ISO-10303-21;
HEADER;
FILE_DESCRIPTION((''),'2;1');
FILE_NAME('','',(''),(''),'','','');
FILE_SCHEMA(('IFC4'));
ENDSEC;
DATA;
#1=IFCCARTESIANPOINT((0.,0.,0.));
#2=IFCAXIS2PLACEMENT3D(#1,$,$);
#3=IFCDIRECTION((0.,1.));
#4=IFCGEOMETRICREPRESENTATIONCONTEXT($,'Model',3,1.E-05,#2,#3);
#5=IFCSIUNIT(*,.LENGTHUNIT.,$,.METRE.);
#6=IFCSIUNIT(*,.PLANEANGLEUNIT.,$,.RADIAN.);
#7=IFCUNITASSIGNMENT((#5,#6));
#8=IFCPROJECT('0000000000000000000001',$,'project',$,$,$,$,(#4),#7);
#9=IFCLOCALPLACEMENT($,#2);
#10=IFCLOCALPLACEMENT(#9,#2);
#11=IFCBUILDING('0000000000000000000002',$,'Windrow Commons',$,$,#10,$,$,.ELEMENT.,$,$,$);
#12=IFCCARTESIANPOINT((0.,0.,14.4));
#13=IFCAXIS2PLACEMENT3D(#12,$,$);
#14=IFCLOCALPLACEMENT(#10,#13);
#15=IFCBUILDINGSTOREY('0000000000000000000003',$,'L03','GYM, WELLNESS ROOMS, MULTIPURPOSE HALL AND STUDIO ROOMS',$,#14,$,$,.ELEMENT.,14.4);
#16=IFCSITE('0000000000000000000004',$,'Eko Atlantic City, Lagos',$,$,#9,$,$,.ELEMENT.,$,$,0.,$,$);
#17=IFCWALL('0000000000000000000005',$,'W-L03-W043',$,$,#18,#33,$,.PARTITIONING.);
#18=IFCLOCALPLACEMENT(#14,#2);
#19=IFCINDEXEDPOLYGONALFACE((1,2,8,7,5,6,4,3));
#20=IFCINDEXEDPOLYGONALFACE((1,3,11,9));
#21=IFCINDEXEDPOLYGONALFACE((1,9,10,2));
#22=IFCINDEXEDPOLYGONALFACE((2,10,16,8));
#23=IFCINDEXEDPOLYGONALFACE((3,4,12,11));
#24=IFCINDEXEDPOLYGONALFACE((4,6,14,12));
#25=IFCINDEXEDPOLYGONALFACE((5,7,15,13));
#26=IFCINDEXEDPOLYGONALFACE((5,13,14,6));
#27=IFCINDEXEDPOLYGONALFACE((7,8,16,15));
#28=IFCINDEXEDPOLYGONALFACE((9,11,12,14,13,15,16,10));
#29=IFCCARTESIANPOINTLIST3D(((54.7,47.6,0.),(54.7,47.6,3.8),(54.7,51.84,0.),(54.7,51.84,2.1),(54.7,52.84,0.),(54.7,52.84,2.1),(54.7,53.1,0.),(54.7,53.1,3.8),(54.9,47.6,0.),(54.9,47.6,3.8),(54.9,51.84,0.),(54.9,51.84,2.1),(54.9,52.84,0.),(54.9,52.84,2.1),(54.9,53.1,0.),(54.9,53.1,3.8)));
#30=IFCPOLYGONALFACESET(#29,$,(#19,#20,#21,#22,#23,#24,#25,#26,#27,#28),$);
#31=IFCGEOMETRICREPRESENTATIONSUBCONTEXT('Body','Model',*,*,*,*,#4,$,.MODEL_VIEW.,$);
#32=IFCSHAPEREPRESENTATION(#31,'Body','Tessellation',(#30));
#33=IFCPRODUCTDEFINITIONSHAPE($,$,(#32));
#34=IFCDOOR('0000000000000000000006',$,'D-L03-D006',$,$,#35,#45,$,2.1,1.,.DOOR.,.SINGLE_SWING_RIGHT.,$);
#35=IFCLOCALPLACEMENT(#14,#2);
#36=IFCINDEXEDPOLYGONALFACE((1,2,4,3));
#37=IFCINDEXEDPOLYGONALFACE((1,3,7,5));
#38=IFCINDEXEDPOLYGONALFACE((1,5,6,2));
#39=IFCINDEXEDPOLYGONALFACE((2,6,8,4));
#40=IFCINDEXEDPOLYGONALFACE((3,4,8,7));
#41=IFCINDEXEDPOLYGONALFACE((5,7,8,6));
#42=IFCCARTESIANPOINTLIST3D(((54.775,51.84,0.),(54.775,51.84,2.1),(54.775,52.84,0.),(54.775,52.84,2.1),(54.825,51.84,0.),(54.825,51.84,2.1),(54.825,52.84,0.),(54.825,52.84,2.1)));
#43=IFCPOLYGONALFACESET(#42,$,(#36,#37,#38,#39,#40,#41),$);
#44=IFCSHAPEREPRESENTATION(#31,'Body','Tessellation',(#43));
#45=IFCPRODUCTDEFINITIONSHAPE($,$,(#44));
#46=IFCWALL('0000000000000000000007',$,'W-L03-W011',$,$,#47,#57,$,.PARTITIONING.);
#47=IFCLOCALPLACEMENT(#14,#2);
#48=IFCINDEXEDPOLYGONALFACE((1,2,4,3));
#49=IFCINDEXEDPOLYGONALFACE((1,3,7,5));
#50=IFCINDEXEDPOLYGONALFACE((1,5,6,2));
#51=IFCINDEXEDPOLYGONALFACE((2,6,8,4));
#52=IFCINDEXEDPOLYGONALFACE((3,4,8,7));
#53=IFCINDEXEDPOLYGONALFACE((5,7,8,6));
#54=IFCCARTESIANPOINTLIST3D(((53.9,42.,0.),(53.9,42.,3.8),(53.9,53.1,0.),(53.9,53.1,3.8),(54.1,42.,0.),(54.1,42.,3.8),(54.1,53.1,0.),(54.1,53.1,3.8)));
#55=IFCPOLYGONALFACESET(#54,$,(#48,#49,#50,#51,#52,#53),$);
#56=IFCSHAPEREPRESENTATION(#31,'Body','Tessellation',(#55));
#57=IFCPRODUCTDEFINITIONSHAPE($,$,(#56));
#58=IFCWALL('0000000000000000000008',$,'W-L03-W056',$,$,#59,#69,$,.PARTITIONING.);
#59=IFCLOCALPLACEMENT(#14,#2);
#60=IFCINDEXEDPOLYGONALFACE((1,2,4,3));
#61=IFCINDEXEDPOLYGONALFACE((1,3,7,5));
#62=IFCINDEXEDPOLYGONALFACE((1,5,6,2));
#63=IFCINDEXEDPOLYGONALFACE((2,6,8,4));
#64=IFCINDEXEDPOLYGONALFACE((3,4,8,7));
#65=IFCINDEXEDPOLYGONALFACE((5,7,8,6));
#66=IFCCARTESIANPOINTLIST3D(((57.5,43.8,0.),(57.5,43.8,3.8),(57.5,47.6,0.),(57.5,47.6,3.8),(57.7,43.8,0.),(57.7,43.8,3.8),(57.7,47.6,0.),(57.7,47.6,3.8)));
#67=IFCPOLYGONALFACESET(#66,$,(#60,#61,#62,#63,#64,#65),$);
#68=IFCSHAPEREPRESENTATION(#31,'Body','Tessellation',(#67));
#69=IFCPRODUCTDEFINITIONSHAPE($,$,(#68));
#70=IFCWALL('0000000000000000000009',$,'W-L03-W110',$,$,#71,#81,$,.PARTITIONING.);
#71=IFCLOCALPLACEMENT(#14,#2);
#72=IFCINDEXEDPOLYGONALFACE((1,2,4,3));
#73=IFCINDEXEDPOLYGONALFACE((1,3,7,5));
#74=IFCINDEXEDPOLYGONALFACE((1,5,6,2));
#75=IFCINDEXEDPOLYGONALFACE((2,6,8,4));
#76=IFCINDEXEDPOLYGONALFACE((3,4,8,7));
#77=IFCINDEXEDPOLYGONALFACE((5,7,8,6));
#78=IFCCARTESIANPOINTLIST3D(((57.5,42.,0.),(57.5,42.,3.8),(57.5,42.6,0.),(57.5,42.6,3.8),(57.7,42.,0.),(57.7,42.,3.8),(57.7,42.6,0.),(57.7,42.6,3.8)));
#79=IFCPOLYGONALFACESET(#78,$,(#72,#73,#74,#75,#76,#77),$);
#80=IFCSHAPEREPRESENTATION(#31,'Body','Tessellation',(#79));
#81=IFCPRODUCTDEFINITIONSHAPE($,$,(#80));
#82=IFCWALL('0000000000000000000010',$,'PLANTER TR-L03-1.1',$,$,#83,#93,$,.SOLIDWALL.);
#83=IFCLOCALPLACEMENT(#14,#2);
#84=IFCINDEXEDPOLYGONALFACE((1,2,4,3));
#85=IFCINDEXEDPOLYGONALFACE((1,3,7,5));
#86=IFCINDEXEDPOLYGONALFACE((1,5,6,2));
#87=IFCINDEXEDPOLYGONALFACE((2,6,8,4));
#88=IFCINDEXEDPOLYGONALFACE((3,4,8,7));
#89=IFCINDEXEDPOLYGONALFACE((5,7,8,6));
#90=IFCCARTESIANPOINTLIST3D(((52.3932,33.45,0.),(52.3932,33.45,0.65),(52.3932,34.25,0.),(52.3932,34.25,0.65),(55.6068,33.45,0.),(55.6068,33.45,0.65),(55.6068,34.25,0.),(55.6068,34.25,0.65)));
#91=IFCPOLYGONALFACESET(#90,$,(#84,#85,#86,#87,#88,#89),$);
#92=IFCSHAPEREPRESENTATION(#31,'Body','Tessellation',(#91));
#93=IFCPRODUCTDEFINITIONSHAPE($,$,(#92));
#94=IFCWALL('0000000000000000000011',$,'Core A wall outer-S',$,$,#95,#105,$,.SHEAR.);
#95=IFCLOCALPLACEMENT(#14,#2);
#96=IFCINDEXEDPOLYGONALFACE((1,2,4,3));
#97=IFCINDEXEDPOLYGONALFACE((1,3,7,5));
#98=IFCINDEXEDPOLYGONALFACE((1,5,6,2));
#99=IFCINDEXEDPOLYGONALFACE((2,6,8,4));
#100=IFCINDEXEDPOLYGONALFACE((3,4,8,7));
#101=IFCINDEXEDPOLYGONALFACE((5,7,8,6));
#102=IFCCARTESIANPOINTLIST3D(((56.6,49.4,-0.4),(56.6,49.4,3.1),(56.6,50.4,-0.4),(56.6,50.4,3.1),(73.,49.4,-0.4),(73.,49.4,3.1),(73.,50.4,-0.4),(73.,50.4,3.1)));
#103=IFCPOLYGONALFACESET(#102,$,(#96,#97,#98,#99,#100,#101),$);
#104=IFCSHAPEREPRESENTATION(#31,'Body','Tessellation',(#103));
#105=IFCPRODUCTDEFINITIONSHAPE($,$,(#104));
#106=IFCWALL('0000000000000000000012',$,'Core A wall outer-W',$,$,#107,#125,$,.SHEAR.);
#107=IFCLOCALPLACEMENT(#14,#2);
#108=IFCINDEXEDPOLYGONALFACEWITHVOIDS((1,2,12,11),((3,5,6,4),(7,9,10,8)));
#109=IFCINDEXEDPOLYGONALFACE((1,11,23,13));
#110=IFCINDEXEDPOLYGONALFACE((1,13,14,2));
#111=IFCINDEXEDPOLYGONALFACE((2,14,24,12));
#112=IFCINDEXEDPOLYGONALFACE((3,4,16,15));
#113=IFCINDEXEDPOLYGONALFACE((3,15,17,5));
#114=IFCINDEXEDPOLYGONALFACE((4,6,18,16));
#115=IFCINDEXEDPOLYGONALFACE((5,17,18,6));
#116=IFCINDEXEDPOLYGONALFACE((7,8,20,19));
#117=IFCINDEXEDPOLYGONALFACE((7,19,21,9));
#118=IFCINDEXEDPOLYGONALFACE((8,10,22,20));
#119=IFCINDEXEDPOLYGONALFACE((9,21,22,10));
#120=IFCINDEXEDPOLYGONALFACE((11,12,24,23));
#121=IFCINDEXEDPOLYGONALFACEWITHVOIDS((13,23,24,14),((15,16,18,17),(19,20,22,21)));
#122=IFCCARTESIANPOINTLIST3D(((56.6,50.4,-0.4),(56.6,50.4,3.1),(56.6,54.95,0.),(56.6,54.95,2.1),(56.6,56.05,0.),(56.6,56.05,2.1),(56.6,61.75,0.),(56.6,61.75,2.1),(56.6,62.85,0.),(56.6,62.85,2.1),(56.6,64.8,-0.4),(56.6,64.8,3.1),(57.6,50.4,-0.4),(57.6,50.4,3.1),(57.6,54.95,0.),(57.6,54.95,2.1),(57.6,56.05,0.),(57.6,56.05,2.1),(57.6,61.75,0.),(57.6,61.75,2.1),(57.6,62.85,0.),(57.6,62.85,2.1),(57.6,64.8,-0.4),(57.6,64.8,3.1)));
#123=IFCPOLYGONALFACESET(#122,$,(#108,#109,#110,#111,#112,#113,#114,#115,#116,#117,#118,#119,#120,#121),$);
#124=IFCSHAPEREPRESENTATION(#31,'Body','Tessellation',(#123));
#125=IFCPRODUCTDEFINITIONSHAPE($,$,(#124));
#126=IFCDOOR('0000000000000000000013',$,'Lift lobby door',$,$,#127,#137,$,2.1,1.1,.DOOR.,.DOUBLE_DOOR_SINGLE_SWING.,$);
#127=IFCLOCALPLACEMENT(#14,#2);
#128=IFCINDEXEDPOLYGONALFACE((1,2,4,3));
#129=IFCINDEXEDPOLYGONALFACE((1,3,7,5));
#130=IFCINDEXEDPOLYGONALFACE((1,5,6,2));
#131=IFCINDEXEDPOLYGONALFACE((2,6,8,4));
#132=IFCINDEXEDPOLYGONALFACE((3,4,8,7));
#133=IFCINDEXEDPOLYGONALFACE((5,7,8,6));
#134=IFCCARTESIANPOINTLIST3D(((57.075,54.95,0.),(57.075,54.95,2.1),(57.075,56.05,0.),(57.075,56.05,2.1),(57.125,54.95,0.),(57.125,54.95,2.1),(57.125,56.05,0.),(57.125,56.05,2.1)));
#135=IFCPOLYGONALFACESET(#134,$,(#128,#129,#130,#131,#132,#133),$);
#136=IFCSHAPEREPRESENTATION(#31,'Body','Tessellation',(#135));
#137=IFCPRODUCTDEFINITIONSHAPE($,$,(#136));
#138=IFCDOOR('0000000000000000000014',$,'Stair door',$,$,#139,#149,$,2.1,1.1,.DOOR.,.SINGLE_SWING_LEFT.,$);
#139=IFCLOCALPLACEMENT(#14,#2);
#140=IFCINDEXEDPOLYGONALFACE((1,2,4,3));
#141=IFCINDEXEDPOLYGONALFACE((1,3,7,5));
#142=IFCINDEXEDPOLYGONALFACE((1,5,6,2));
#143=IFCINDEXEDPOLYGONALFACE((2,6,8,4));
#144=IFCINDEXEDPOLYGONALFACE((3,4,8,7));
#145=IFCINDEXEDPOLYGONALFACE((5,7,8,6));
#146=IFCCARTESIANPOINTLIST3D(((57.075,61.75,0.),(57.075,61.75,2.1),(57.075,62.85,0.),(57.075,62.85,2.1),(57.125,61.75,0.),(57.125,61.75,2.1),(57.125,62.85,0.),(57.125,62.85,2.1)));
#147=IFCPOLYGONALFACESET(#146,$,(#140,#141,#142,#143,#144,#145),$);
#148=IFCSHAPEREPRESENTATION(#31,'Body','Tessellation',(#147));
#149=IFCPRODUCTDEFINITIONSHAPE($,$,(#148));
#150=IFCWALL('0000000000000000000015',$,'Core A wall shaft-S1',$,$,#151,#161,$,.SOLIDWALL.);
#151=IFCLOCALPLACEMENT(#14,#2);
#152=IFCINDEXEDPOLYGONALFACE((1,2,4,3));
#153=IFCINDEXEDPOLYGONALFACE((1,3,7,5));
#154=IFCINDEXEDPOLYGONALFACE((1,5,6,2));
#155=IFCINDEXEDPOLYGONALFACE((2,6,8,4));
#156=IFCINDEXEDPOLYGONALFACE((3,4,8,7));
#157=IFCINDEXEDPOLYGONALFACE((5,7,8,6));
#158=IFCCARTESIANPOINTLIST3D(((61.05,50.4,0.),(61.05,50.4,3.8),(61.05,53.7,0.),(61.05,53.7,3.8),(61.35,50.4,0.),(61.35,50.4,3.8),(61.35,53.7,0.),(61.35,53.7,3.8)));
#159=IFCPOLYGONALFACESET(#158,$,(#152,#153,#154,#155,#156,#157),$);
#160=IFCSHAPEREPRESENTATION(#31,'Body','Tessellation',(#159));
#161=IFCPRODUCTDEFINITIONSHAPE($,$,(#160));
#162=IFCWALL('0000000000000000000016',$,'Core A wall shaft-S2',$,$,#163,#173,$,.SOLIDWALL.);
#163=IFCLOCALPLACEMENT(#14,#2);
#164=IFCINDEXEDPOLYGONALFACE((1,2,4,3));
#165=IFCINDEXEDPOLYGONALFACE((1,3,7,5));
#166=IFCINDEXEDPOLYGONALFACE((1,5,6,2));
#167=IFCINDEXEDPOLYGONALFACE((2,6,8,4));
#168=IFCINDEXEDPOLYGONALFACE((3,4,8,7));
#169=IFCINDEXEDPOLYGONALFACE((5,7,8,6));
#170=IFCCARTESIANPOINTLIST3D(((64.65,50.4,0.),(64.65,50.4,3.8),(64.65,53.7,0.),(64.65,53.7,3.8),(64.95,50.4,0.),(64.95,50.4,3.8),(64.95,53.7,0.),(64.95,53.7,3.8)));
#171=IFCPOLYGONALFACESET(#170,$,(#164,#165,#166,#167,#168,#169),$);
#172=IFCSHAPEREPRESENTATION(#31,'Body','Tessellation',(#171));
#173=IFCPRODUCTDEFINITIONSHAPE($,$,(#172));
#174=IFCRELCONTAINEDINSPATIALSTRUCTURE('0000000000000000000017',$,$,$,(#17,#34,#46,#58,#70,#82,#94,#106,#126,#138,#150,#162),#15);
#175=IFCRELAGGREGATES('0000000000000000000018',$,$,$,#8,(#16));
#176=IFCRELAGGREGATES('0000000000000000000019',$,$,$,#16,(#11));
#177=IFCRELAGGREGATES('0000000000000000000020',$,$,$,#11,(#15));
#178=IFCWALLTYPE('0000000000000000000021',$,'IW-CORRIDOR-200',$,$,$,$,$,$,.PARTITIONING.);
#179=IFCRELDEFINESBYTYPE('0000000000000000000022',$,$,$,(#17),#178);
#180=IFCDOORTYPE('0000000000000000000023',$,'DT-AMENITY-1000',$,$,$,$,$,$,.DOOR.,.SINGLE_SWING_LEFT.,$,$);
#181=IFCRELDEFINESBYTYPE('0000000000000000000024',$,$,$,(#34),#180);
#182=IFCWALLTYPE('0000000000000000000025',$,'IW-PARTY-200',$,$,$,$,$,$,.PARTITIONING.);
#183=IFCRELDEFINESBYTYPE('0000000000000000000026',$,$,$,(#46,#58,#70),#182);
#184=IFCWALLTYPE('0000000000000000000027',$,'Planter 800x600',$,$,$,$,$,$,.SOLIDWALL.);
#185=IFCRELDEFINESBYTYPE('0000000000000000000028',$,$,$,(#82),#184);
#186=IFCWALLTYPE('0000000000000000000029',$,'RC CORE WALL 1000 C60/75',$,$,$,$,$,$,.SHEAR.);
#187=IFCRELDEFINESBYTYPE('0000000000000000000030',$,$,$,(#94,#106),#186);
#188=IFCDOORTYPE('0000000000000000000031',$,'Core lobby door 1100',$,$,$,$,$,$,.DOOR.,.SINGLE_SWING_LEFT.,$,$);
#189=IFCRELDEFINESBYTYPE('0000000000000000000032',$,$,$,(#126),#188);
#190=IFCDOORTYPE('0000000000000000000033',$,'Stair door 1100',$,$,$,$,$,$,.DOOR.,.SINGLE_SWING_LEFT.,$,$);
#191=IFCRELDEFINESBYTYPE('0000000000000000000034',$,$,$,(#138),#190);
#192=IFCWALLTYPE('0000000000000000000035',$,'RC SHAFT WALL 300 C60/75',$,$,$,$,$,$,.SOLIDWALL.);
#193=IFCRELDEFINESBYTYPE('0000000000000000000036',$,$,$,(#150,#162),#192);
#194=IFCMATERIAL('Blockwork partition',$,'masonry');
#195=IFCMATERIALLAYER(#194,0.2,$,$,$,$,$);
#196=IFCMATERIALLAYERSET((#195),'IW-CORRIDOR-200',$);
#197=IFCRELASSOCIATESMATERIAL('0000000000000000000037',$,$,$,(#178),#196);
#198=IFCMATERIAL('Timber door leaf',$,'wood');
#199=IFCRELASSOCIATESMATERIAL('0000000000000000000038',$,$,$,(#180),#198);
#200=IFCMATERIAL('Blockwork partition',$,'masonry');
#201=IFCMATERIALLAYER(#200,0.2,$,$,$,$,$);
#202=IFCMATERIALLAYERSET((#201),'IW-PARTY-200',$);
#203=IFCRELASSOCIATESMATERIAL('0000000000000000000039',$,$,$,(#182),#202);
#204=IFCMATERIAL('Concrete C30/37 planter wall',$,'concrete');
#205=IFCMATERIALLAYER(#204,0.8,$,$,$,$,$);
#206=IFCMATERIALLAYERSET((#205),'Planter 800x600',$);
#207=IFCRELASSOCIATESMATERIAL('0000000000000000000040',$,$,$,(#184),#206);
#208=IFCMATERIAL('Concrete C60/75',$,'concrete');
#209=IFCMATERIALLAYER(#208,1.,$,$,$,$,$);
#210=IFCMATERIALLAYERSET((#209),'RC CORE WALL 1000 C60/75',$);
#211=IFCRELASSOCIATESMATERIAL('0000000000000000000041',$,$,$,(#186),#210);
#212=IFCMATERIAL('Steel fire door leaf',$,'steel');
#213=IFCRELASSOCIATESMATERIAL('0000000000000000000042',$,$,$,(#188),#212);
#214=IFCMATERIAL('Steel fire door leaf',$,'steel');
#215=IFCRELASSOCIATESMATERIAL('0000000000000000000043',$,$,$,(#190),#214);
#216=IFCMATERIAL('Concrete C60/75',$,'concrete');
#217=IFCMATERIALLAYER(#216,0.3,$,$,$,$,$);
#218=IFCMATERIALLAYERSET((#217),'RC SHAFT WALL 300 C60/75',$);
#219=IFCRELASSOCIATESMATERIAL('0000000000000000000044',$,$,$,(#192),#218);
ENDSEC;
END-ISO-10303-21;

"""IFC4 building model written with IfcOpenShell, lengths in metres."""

from ifc_helpers import new_model, si_unit, direction, frame, frame_2d, origin, place, context, subcontext, project, spatial, polyline, rectangle, outline, extrude, material, layer, layer_set, type_object, element, fill, save


model = new_model("IFC4")

# Units and contexts
model_context = context("Model", 3, precision=1e-05, world=origin(), true_north=direction((0.0, 1.0)))
body_context = subcontext(model_context, "Body", "Model", "MODEL_VIEW")
ifc_project = project(units=[si_unit("LENGTHUNIT", "METRE"), si_unit("PLANEANGLEUNIT", "RADIAN")], contexts=[model_context])

# Site, building, storey
site_placement = place(None, origin())
site = spatial("IfcSite", under=ifc_project, at=site_placement, Name="Eko Atlantic City, Lagos", CompositionType="ELEMENT", RefElevation=0.0)
building_placement = place(site_placement, origin())
building = spatial("IfcBuilding", under=site, at=building_placement, Name="Windrow Commons", CompositionType="ELEMENT")
storey_placement = place(building_placement, frame((0.0, 0.0, 14.4)))
storey = spatial("IfcBuildingStorey", under=building, at=storey_placement, Name="L03", Description="GYM, WELLNESS ROOMS, MULTIPURPOSE HALL AND STUDIO ROOMS", CompositionType="ELEMENT", Elevation=14.4)

# Shared definitions
ifc_material_1 = material(Name="Blockwork partition", Category="masonry")
ifc_layer_1 = layer(ifc_material_1, 0.2)
ifc_layer_set_1 = layer_set([ifc_layer_1], Name="IW-CORRIDOR-200")
wall_type_1 = type_object("IfcWallType", Name="IW-CORRIDOR-200", PredefinedType="PARTITIONING", material=ifc_layer_set_1)
ifc_material_2 = material(Name="Timber door leaf", Category="wood")
door_type_1 = type_object("IfcDoorType", Name="DT-AMENITY-1000", OperationType="SINGLE_SWING_LEFT", PredefinedType="DOOR", material=ifc_material_2)

# Wall, opening, door
wall_1_placement = place(storey_placement, frame((54.8, 47.6, 0.0), z_axis=(0.0, 0.0, 1.0), x_axis=(0.0, 1.0, 0.0)))
wall_1 = element("IfcWall", 1, at=wall_1_placement, inside=storey, type_object=wall_type_1, Name="W-L03-W043", PredefinedType="PARTITIONING", context=body_context, shape_type="SweptSolid", body=[
    extrude(rectangle(XDim=5.5, YDim=0.2, at=frame_2d((2.75, 0.0))), origin(), (0.0, 0.0, 1.0), 3.8),
])
opening_1_placement = place(wall_1_placement, frame((4.24, 0.0, 0.0)))
opening_1 = element("IfcOpeningElement", 2, at=opening_1_placement, cuts=wall_1, PredefinedType="OPENING", context=body_context, shape_type="SweptSolid", body=[
    extrude(rectangle(XDim=1.0, YDim=2.1, at=frame_2d((0.5, 1.05))), frame((0.0, 0.11, 0.0), z_axis=(0.0, -1.0, 0.0), x_axis=(1.0, 0.0, 0.0)), (0.0, 0.0, 1.0), 0.22),
])
door_1_placement = place(opening_1_placement, origin())
door_1 = element("IfcDoor", 3, at=door_1_placement, inside=storey, type_object=door_type_1, Name="D-L03-D006", OperationType="SINGLE_SWING_RIGHT", OverallHeight=2.1, OverallWidth=1.0, PredefinedType="DOOR", context=body_context, shape_type="SweptSolid", body=[
    extrude(rectangle(XDim=1.0, YDim=2.1, at=frame_2d((0.5, 1.05))), frame((0.0, 0.025, 0.0), z_axis=(0.0, -1.0, 0.0), x_axis=(1.0, 0.0, 0.0)), (0.0, 0.0, 1.0), 0.05),
])
fill(opening_1, door_1)

# Walls
ifc_material_3 = material(Name="Blockwork partition", Category="masonry")
ifc_layer_2 = layer(ifc_material_3, 0.2)
ifc_layer_set_2 = layer_set([ifc_layer_2], Name="IW-PARTY-200")
wall_type_2 = type_object("IfcWallType", Name="IW-PARTY-200", PredefinedType="PARTITIONING", material=ifc_layer_set_2)
wall_2_placement = place(storey_placement, frame((54.0, 42.0, 0.0), z_axis=(0.0, 0.0, 1.0), x_axis=(0.0, 1.0, 0.0)))
element("IfcWall", 4, at=wall_2_placement, inside=storey, type_object=wall_type_2, Name="W-L03-W011", PredefinedType="PARTITIONING", context=body_context, shape_type="SweptSolid", body=[
    extrude(rectangle(XDim=11.1, YDim=0.2, at=frame_2d((5.55, 0.0))), origin(), (0.0, 0.0, 1.0), 3.8),
])
wall_3_placement = place(storey_placement, frame((57.6, 43.8, 0.0), z_axis=(0.0, 0.0, 1.0), x_axis=(0.0, 1.0, 0.0)))
element("IfcWall", 5, at=wall_3_placement, inside=storey, type_object=wall_type_2, Name="W-L03-W056", PredefinedType="PARTITIONING", context=body_context, shape_type="SweptSolid", body=[
    extrude(rectangle(XDim=3.8, YDim=0.2, at=frame_2d((1.9, 0.0))), origin(), (0.0, 0.0, 1.0), 3.8),
])
wall_4_placement = place(storey_placement, frame((57.6, 42.0, 0.0), z_axis=(0.0, 0.0, 1.0), x_axis=(0.0, 1.0, 0.0)))
element("IfcWall", 6, at=wall_4_placement, inside=storey, type_object=wall_type_2, Name="W-L03-W110", PredefinedType="PARTITIONING", context=body_context, shape_type="SweptSolid", body=[
    extrude(rectangle(XDim=0.6, YDim=0.2, at=frame_2d((0.3, 0.0))), origin(), (0.0, 0.0, 1.0), 3.8),
])
ifc_material_4 = material(Name="Concrete C30/37 planter wall", Category="concrete")
ifc_layer_3 = layer(ifc_material_4, 0.8)
ifc_layer_set_3 = layer_set([ifc_layer_3], Name="Planter 800x600")
wall_type_3 = type_object("IfcWallType", Name="Planter 800x600", PredefinedType="SOLIDWALL", material=ifc_layer_set_3)
wall_5_placement = place(storey_placement, frame((55.6068, 33.85, 0.0), z_axis=(0.0, 0.0, 1.0), x_axis=(-1.0, 0.0, 0.0)))
element("IfcWall", 7, at=wall_5_placement, inside=storey, type_object=wall_type_3, Name="PLANTER TR-L03-1.1", PredefinedType="SOLIDWALL", context=body_context, shape_type="SweptSolid", body=[
    extrude(outline(polyline([(0.0, -0.4), (3.2136, -0.4), (3.2136, 0.4), (0.0, 0.4), (0.0, -0.4)])), origin(), (0.0, 0.0, 1.0), 0.65),
])
ifc_material_5 = material(Name="Concrete C60/75", Category="concrete")
ifc_layer_4 = layer(ifc_material_5, 1.0)
ifc_layer_set_4 = layer_set([ifc_layer_4], Name="RC CORE WALL 1000 C60/75")
wall_type_4 = type_object("IfcWallType", Name="RC CORE WALL 1000 C60/75", PredefinedType="SHEAR", material=ifc_layer_set_4)
wall_6_placement = place(storey_placement, frame((56.6, 49.9, -0.4), z_axis=(0.0, 0.0, 1.0), x_axis=(1.0, 0.0, 0.0)))
element("IfcWall", 8, at=wall_6_placement, inside=storey, type_object=wall_type_4, Name="Core A wall outer-S", PredefinedType="SHEAR", context=body_context, shape_type="SweptSolid", body=[
    extrude(rectangle(XDim=16.4, YDim=1.0, at=frame_2d((8.2, 0.0))), origin(), (0.0, 0.0, 1.0), 3.5),
])

# Wall, openings, doors
wall_7_placement = place(storey_placement, frame((57.1, 50.4, -0.4), z_axis=(0.0, 0.0, 1.0), x_axis=(0.0, 1.0, 0.0)))
wall_7 = element("IfcWall", 9, at=wall_7_placement, inside=storey, type_object=wall_type_4, Name="Core A wall outer-W", PredefinedType="SHEAR", context=body_context, shape_type="SweptSolid", body=[
    extrude(rectangle(XDim=14.4, YDim=1.0, at=frame_2d((7.2, 0.0))), origin(), (0.0, 0.0, 1.0), 3.5),
])
opening_2_placement = place(wall_7_placement, frame((4.55, 0.0, 0.4)))
opening_2 = element("IfcOpeningElement", 10, at=opening_2_placement, cuts=wall_7, PredefinedType="OPENING", context=body_context, shape_type="SweptSolid", body=[
    extrude(rectangle(XDim=1.1, YDim=2.1, at=frame_2d((0.55, 1.05))), frame((0.0, 0.51, 0.0), z_axis=(0.0, -1.0, 0.0), x_axis=(1.0, 0.0, 0.0)), (0.0, 0.0, 1.0), 1.02),
])
opening_3_placement = place(wall_7_placement, frame((11.35, 0.0, 0.4)))
opening_3 = element("IfcOpeningElement", 11, at=opening_3_placement, cuts=wall_7, PredefinedType="OPENING", context=body_context, shape_type="SweptSolid", body=[
    extrude(rectangle(XDim=1.1, YDim=2.1, at=frame_2d((0.55, 1.05))), frame((0.0, 0.51, 0.0), z_axis=(0.0, -1.0, 0.0), x_axis=(1.0, 0.0, 0.0)), (0.0, 0.0, 1.0), 1.02),
])
ifc_material_6 = material(Name="Steel fire door leaf", Category="steel")
door_type_2 = type_object("IfcDoorType", Name="Core lobby door 1100", OperationType="SINGLE_SWING_LEFT", PredefinedType="DOOR", material=ifc_material_6)
door_2_placement = place(opening_2_placement, origin())
door_2 = element("IfcDoor", 12, at=door_2_placement, inside=storey, type_object=door_type_2, Name="Lift lobby door", OperationType="DOUBLE_DOOR_SINGLE_SWING", OverallHeight=2.1, OverallWidth=1.1, PredefinedType="DOOR", context=body_context, shape_type="SweptSolid", body=[
    extrude(rectangle(XDim=1.1, YDim=2.1, at=frame_2d((0.55, 1.05))), frame((0.0, 0.025, 0.0), z_axis=(0.0, -1.0, 0.0), x_axis=(1.0, 0.0, 0.0)), (0.0, 0.0, 1.0), 0.05),
])
fill(opening_2, door_2)
ifc_material_7 = material(Name="Steel fire door leaf", Category="steel")
door_type_3 = type_object("IfcDoorType", Name="Stair door 1100", OperationType="SINGLE_SWING_LEFT", PredefinedType="DOOR", material=ifc_material_7)
door_3_placement = place(opening_3_placement, origin())
door_3 = element("IfcDoor", 13, at=door_3_placement, inside=storey, type_object=door_type_3, Name="Stair door", OperationType="SINGLE_SWING_LEFT", OverallHeight=2.1, OverallWidth=1.1, PredefinedType="DOOR", context=body_context, shape_type="SweptSolid", body=[
    extrude(rectangle(XDim=1.1, YDim=2.1, at=frame_2d((0.55, 1.05))), frame((0.0, 0.025, 0.0), z_axis=(0.0, -1.0, 0.0), x_axis=(1.0, 0.0, 0.0)), (0.0, 0.0, 1.0), 0.05),
])
fill(opening_3, door_3)

# Walls
ifc_material_8 = material(Name="Concrete C60/75", Category="concrete")
ifc_layer_5 = layer(ifc_material_8, 0.3)
ifc_layer_set_5 = layer_set([ifc_layer_5], Name="RC SHAFT WALL 300 C60/75")
wall_type_5 = type_object("IfcWallType", Name="RC SHAFT WALL 300 C60/75", PredefinedType="SOLIDWALL", material=ifc_layer_set_5)
for number, where, z_axis, x_axis, name in (
    (14, (61.2, 50.4, 0.0), (0.0, 0.0, 1.0), (0.0, 1.0, 0.0), "Core A wall shaft-S1"),
    (15, (64.8, 50.4, 0.0), (0.0, 0.0, 1.0), (0.0, 1.0, 0.0), "Core A wall shaft-S2"),
):
    element("IfcWall", number, at=place(storey_placement, frame(where, z_axis=z_axis, x_axis=x_axis)), inside=storey, type_object=wall_type_5, Name=name, PredefinedType="SOLIDWALL", context=body_context, shape_type="SweptSolid", body=[
        extrude(rectangle(XDim=3.3, YDim=0.3, at=frame_2d((1.65, 0.0))), origin(), (0.0, 0.0, 1.0), 3.8),
    ])

save(model, "model.ifc")
